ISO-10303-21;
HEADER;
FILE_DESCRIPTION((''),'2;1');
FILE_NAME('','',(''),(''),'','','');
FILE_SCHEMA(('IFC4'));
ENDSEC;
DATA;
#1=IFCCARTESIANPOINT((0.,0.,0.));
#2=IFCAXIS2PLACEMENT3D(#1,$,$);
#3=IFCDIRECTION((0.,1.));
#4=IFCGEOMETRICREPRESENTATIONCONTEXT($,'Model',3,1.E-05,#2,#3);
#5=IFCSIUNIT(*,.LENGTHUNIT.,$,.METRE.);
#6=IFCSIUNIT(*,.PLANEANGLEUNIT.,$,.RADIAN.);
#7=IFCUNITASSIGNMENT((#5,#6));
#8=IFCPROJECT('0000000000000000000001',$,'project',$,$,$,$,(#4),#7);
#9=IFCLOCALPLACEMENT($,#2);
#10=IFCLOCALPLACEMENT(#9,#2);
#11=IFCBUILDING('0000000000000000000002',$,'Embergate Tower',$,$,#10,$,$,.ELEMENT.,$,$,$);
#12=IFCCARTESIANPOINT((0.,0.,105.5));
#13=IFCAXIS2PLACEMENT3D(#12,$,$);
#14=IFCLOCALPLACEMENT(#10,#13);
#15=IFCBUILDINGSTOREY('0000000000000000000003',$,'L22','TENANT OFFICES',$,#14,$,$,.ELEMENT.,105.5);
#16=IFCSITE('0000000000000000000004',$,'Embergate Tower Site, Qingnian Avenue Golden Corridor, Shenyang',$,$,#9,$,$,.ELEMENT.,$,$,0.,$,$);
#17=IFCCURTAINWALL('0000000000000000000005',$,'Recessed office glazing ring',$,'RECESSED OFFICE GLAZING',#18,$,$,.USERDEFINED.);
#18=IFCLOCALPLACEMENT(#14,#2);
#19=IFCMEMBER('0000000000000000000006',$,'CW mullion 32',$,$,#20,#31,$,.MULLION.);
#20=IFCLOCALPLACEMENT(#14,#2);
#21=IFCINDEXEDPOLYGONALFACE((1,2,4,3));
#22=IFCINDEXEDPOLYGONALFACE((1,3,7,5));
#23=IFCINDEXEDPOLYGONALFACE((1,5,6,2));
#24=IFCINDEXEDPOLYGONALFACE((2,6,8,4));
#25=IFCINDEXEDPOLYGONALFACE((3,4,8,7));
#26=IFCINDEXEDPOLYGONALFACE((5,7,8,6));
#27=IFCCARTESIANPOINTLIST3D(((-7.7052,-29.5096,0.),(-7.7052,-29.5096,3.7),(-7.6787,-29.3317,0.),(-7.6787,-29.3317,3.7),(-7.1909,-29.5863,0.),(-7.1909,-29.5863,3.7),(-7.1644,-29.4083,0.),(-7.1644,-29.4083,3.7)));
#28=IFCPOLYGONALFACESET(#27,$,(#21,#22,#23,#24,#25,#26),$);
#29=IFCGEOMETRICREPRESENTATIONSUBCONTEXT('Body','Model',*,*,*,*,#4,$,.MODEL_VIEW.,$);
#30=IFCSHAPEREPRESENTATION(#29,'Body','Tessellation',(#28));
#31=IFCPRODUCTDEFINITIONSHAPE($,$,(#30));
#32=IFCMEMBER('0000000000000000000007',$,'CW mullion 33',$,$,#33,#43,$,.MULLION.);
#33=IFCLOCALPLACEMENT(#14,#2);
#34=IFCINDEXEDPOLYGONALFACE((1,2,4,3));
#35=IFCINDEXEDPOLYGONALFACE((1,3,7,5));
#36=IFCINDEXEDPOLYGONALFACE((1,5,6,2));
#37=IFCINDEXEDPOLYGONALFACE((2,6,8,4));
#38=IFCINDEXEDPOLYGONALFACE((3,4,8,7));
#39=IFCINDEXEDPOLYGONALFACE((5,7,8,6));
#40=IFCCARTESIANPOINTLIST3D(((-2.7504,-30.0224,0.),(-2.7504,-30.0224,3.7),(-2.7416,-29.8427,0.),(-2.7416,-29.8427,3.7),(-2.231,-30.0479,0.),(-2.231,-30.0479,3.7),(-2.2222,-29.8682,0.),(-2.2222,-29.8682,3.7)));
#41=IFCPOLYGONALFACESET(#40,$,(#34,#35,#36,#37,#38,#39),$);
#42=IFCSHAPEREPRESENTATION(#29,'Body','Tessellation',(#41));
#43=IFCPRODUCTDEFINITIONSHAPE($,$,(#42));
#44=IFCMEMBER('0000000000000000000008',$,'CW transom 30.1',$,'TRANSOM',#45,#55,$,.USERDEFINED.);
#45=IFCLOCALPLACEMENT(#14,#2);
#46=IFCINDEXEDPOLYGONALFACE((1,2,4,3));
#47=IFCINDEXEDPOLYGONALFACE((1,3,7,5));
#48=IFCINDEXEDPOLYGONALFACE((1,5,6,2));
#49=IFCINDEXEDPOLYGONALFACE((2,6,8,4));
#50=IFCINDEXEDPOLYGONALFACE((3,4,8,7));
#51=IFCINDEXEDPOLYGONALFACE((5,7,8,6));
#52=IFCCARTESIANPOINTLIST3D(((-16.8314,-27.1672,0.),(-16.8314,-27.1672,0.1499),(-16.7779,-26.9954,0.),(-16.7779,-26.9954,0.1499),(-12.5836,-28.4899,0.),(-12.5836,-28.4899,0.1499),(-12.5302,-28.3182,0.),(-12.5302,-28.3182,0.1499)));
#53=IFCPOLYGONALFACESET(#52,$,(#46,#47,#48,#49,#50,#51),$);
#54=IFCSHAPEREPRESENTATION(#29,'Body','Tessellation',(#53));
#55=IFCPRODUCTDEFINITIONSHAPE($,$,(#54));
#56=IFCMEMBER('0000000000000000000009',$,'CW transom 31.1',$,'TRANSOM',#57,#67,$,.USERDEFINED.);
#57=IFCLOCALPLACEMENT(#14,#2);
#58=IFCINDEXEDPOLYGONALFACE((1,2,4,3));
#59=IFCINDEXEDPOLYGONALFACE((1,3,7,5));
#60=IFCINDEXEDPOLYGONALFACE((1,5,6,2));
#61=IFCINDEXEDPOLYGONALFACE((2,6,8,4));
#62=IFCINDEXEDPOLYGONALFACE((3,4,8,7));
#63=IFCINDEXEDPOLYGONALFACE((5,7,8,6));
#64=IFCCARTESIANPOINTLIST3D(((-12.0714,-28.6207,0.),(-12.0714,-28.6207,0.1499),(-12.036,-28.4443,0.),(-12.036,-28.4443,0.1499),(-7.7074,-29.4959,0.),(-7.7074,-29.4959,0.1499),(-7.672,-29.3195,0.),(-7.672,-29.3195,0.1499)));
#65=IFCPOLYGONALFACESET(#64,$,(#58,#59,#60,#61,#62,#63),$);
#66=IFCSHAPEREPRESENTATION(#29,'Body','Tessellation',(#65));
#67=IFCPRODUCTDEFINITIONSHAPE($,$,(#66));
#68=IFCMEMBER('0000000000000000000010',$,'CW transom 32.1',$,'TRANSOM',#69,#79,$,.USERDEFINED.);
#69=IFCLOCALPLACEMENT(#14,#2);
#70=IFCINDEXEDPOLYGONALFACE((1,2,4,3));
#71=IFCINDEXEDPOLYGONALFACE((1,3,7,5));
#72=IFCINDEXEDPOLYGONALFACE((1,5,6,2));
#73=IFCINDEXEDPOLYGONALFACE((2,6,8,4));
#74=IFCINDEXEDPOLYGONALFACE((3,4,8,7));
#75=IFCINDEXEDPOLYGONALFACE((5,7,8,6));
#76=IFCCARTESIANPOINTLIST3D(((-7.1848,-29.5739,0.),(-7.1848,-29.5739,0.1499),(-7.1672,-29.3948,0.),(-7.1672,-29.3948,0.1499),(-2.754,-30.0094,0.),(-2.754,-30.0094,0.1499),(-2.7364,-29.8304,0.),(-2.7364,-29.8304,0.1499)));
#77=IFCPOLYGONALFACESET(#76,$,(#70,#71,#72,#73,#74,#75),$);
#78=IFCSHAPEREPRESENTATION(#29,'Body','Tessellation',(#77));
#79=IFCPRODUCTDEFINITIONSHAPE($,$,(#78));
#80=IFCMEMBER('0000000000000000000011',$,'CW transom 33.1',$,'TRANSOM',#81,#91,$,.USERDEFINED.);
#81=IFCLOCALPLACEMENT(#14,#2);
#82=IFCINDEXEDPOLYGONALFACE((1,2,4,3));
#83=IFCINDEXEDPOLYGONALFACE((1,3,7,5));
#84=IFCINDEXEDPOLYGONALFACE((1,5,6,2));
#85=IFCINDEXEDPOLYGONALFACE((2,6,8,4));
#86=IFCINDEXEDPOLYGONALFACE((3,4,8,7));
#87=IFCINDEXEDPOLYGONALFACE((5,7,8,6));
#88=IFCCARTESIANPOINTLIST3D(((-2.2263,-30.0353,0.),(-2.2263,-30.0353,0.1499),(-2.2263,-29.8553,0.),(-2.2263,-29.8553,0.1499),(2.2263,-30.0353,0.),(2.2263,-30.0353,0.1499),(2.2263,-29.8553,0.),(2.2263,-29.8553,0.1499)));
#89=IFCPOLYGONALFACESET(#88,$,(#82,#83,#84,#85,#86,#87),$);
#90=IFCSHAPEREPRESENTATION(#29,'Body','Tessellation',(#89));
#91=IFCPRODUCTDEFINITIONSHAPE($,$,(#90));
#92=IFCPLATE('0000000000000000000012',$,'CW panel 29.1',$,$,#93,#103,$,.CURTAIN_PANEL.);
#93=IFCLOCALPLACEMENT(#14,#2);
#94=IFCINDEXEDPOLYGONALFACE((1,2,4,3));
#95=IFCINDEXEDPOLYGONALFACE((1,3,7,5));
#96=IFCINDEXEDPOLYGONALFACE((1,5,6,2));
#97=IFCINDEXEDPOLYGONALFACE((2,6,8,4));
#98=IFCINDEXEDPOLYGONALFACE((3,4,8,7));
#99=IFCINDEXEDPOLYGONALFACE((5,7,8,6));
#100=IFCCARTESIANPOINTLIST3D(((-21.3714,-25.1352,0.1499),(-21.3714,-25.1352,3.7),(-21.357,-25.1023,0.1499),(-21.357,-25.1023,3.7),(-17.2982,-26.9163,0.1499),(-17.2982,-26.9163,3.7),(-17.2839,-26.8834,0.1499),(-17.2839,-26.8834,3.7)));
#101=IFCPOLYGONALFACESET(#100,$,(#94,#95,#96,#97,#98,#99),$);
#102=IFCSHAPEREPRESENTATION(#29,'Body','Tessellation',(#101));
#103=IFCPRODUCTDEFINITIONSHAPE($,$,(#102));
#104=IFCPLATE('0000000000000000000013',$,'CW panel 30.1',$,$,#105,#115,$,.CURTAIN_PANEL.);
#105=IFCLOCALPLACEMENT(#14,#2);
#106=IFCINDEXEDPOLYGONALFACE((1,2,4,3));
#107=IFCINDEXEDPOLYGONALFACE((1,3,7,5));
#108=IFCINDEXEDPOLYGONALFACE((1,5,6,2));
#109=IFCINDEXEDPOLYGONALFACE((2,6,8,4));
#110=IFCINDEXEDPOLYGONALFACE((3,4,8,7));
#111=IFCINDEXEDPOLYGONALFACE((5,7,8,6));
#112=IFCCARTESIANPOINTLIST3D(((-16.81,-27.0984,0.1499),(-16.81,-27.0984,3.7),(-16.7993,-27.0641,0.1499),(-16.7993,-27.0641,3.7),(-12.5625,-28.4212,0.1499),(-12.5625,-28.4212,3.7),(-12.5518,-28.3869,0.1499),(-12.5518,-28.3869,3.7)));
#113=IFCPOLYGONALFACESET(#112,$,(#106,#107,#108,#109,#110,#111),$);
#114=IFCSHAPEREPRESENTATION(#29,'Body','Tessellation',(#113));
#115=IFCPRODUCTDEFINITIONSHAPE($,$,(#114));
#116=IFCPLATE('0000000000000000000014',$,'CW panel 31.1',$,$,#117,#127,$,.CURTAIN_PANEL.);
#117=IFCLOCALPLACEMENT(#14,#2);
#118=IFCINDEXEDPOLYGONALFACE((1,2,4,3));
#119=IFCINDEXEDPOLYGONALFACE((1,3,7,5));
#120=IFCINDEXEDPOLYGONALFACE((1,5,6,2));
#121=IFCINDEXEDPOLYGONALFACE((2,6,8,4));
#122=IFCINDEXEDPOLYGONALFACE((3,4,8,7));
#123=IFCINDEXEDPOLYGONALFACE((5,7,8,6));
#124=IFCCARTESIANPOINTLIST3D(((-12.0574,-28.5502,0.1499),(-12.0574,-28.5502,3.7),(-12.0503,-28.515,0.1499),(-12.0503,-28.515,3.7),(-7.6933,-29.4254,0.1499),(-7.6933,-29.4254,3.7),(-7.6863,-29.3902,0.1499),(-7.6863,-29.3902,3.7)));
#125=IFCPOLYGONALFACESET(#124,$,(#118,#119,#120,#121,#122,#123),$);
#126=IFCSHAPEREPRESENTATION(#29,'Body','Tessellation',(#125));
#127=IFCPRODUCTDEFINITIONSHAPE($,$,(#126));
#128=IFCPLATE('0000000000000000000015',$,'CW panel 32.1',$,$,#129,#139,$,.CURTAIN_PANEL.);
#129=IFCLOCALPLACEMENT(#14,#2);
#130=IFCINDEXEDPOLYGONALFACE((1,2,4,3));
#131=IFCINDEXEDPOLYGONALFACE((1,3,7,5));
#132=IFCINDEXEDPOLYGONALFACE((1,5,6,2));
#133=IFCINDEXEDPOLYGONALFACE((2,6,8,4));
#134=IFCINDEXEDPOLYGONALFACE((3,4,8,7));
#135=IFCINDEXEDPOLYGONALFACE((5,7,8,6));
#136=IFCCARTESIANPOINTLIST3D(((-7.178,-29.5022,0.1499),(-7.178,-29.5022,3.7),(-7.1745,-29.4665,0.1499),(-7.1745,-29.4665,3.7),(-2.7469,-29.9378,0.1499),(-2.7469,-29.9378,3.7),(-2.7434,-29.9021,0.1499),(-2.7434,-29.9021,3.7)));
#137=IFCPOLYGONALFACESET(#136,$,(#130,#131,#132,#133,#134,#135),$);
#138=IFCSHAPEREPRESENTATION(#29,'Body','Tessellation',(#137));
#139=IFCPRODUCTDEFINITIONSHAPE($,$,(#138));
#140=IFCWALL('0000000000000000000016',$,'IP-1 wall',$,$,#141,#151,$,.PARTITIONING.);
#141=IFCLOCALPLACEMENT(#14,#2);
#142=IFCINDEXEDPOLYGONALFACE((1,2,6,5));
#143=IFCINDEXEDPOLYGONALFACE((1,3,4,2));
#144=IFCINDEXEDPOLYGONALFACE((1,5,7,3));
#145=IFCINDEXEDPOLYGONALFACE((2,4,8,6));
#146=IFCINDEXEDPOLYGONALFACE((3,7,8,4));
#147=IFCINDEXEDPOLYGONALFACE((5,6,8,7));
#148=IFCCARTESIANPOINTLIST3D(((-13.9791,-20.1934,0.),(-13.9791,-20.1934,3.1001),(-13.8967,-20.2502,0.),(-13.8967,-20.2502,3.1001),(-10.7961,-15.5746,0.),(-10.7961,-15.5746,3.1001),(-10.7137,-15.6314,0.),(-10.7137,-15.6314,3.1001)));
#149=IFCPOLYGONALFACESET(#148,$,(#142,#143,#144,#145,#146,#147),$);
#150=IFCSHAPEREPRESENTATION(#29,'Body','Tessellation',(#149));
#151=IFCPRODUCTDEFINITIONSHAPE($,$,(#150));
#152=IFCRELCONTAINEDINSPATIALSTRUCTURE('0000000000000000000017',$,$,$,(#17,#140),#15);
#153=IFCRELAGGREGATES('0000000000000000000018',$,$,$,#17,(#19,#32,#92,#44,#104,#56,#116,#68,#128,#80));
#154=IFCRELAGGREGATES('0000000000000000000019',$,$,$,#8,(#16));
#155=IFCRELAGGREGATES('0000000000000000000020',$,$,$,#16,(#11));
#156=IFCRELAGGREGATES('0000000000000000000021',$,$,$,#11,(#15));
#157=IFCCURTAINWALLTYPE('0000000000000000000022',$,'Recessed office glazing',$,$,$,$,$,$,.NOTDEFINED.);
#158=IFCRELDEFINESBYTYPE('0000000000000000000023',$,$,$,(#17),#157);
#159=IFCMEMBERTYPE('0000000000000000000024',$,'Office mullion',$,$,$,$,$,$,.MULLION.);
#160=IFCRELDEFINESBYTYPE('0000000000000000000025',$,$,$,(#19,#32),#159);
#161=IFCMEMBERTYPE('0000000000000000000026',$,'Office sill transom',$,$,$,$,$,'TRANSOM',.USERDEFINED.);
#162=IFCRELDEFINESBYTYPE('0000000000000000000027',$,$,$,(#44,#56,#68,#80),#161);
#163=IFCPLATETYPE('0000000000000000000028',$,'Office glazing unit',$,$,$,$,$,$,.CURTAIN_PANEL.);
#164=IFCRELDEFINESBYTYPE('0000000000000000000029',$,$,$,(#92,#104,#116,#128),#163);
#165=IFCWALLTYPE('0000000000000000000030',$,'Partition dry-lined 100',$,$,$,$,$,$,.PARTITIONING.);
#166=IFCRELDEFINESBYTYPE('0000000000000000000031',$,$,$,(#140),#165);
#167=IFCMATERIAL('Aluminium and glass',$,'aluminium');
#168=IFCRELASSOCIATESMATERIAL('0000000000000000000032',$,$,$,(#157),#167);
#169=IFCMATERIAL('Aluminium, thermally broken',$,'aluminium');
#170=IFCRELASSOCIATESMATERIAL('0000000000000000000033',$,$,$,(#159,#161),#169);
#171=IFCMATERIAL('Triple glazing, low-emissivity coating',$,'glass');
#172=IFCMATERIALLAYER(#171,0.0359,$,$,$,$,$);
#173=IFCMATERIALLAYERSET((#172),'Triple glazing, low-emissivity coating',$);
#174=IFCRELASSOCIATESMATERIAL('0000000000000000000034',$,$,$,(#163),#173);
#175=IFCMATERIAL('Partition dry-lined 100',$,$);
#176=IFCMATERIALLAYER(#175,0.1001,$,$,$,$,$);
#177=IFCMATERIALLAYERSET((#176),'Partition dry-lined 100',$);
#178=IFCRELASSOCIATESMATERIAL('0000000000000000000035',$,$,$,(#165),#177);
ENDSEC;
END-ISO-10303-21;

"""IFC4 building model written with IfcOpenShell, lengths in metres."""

from ifc_helpers import new_model, si_unit, direction, frame, frame_2d, origin, origin_2d, place, context, subcontext, project, spatial, rectangle, extrude, source, transform, mapped, material, layer, layer_set, material_profile, profile_set, type_object, element, aggregate, save


model = new_model("IFC4")

# Units and contexts
model_context = context("Model", 3, precision=1e-05, world=origin(), true_north=direction((0.0, 1.0)))
body_context = subcontext(model_context, "Body", "Model", "MODEL_VIEW")
ifc_project = project(units=[si_unit("LENGTHUNIT", "METRE"), si_unit("PLANEANGLEUNIT", "RADIAN")], contexts=[model_context])

# Site, building, storey
site_placement = place(None, origin())
site = spatial("IfcSite", under=ifc_project, at=site_placement, Name="Embergate Tower Site, Qingnian Avenue Golden Corridor, Shenyang", CompositionType="ELEMENT", RefElevation=0.0)
building_placement = place(site_placement, origin())
building = spatial("IfcBuilding", under=site, at=building_placement, Name="Embergate Tower", CompositionType="ELEMENT")
storey_placement = place(building_placement, frame((0.0, 0.0, 105.5)))
storey = spatial("IfcBuildingStorey", under=building, at=storey_placement, Name="L22", Description="TENANT OFFICES", CompositionType="ELEMENT", Elevation=105.5)

# Curtain wall, members
ifc_material_1 = material(Name="Aluminium and glass", Category="aluminium")
curtain_wall_type = type_object("IfcCurtainWallType", Name="Recessed office glazing", PredefinedType="NOTDEFINED", material=ifc_material_1)
curtain_wall_placement = place(storey_placement, origin())
curtain_wall = element("IfcCurtainWall", 1, at=curtain_wall_placement, inside=storey, type_object=curtain_wall_type, Name="Recessed office glazing ring", ObjectType="RECESSED OFFICE GLAZING", PredefinedType="USERDEFINED")
ifc_material_2 = material(Name="Aluminium, thermally broken", Category="aluminium")
ifc_material_profile_1 = material_profile(ifc_material_2, rectangle(XDim=0.1799, YDim=0.52, at=origin_2d()), Name="AL 520x180")
ifc_profile_set_1 = profile_set([ifc_material_profile_1], Name="Aluminium, thermally broken")
member_type_1 = type_object("IfcMemberType", Name="Office mullion", PredefinedType="MULLION", material=ifc_profile_set_1)
shared_shape_1 = source(origin(), body_context, "Body", "SweptSolid", [
    extrude(rectangle(XDim=0.1799, YDim=0.52, at=origin_2d()), origin(), (0.0, 0.0, 1.0), 3.7),
])
member_1_placement = place(storey_placement, frame((-7.4348, -29.459, 0.0), z_axis=(0.0, 0.0, 1.0), x_axis=(0.147416, 0.989075, 0.0)))
member_1 = element("IfcMember", 2, at=member_1_placement, type_object=member_type_1, Name="CW mullion 32", PredefinedType="MULLION", context=body_context, shape_type="MappedRepresentation", body=[
    mapped(shared_shape_1, transform((0.0, 0.0, 0.0))),
])
member_2_placement = place(storey_placement, frame((-2.4863, -29.9453, 0.0), z_axis=(0.0, 0.0, 1.0), x_axis=(0.048972, 0.9988, 0.0)))
member_2 = element("IfcMember", 3, at=member_2_placement, type_object=member_type_1, Name="CW mullion 33", PredefinedType="MULLION", context=body_context, shape_type="MappedRepresentation", body=[
    mapped(shared_shape_1, transform((0.0, 0.0, 0.0))),
])
ifc_material_profile_2 = material_profile(ifc_material_2, rectangle(XDim=0.1799, YDim=0.1499, at=origin_2d()), Name="AL 150x180")
ifc_profile_set_2 = profile_set([ifc_material_profile_2], Name="Aluminium, thermally broken")
member_type_2 = type_object("IfcMemberType", Name="Office sill transom", ElementType="TRANSOM", PredefinedType="USERDEFINED", material=ifc_profile_set_2)
shared_shape_2 = source(origin(), body_context, "Body", "SweptSolid", [
    extrude(rectangle(XDim=0.1799, YDim=0.1499, at=origin_2d()), origin(), (0.0, 0.0, 1.0), 4.449),
])
member_3_placement = place(storey_placement, frame((-16.8047, -27.0813, 0.075), z_axis=(0.954779, -0.297316, 0.0), x_axis=(0.297316, 0.954779, 0.0)))
member_3 = element("IfcMember", 4, at=member_3_placement, type_object=member_type_2, Name="CW transom 30.1", ObjectType="TRANSOM", PredefinedType="USERDEFINED", context=body_context, shape_type="MappedRepresentation", body=[
    mapped(shared_shape_2, transform((0.0, 0.0, 0.0))),
])
shared_shape_3 = source(origin(), body_context, "Body", "SweptSolid", [
    extrude(rectangle(XDim=0.1799, YDim=0.1499, at=origin_2d()), origin(), (0.0, 0.0, 1.0), 4.4509),
])
member_4_placement = place(storey_placement, frame((-12.0537, -28.5325, 0.075), z_axis=(0.980475, -0.196644, 0.0), x_axis=(0.196644, 0.980475, 0.0)))
member_4 = element("IfcMember", 5, at=member_4_placement, type_object=member_type_2, Name="CW transom 31.1", ObjectType="TRANSOM", PredefinedType="USERDEFINED", context=body_context, shape_type="MappedRepresentation", body=[
    mapped(shared_shape_3, transform((0.0, 0.0, 0.0))),
])
shared_shape_4 = source(origin(), body_context, "Body", "SweptSolid", [
    extrude(rectangle(XDim=0.1799, YDim=0.1499, at=origin_2d()), origin(), (0.0, 0.0, 1.0), 4.4521),
])
member_5_placement = place(storey_placement, frame((-7.176, -29.4844, 0.075), z_axis=(0.995204, -0.097826, 0.0), x_axis=(0.097826, 0.995204, 0.0)))
member_5 = element("IfcMember", 6, at=member_5_placement, type_object=member_type_2, Name="CW transom 32.1", ObjectType="TRANSOM", PredefinedType="USERDEFINED", context=body_context, shape_type="MappedRepresentation", body=[
    mapped(shared_shape_4, transform((0.0, 0.0, 0.0))),
])
shared_shape_5 = source(origin(), body_context, "Body", "SweptSolid", [
    extrude(rectangle(XDim=0.1799, YDim=0.1499, at=origin_2d()), origin(), (0.0, 0.0, 1.0), 4.4526),
])
member_6_placement = place(storey_placement, frame((-2.2263, -29.9453, 0.075), z_axis=(1.0, 0.0, 0.0), x_axis=(0.0, 1.0, 0.0)))
member_6 = element("IfcMember", 7, at=member_6_placement, type_object=member_type_2, Name="CW transom 33.1", ObjectType="TRANSOM", PredefinedType="USERDEFINED", context=body_context, shape_type="MappedRepresentation", body=[
    mapped(shared_shape_5, transform((0.0, 0.0, 0.0))),
])

# Plates
ifc_material_3 = material(Name="Triple glazing, low-emissivity coating", Category="glass")
ifc_layer_1 = layer(ifc_material_3, 0.0359)
ifc_layer_set_1 = layer_set([ifc_layer_1], Name="Triple glazing, low-emissivity coating")
plate_type = type_object("IfcPlateType", Name="Office glazing unit", PredefinedType="CURTAIN_PANEL", material=ifc_layer_set_1)
shared_shape_6 = source(origin(), body_context, "Body", "SweptSolid", [
    extrude(rectangle(XDim=4.4456, YDim=0.0359, at=origin_2d()), origin(), (0.0, 0.0, 1.0), 3.55),
])
plate_1_placement = place(storey_placement, frame((-19.3276, -26.0093, 0.1499), z_axis=(0.0, 0.0, 1.0), x_axis=(0.916233, -0.400646, 0.0)))
plate_1 = element("IfcPlate", 8, at=plate_1_placement, type_object=plate_type, Name="CW panel 29.1", PredefinedType="CURTAIN_PANEL", context=body_context, shape_type="MappedRepresentation", body=[
    mapped(shared_shape_6, transform((0.0, 0.0, 0.0))),
])
shared_shape_7 = source(origin(), body_context, "Body", "SweptSolid", [
    extrude(rectangle(XDim=4.4487, YDim=0.0359, at=origin_2d()), origin(), (0.0, 0.0, 1.0), 3.55),
])
plate_2_placement = place(storey_placement, frame((-14.6809, -27.7427, 0.1499), z_axis=(0.0, 0.0, 1.0), x_axis=(0.95477, -0.297345, 0.0)))
plate_2 = element("IfcPlate", 9, at=plate_2_placement, type_object=plate_type, Name="CW panel 30.1", PredefinedType="CURTAIN_PANEL", context=body_context, shape_type="MappedRepresentation", body=[
    mapped(shared_shape_7, transform((0.0, 0.0, 0.0))),
])
shared_shape_8 = source(origin(), body_context, "Body", "SweptSolid", [
    extrude(rectangle(XDim=4.4509, YDim=0.0359, at=origin_2d()), origin(), (0.0, 0.0, 1.0), 3.55),
])
plate_3_placement = place(storey_placement, frame((-9.8718, -28.9702, 0.1499), z_axis=(0.0, 0.0, 1.0), x_axis=(0.980475, -0.196644, 0.0)))
plate_3 = element("IfcPlate", 10, at=plate_3_placement, type_object=plate_type, Name="CW panel 31.1", PredefinedType="CURTAIN_PANEL", context=body_context, shape_type="MappedRepresentation", body=[
    mapped(shared_shape_8, transform((0.0, 0.0, 0.0))),
])
shared_shape_9 = source(origin(), body_context, "Body", "SweptSolid", [
    extrude(rectangle(XDim=4.4524, YDim=0.0359, at=origin_2d()), origin(), (0.0, 0.0, 1.0), 3.55),
])
plate_4_placement = place(storey_placement, frame((-4.9607, -29.7021, 0.1499), z_axis=(0.0, 0.0, 1.0), x_axis=(0.995203, -0.097831, 0.0)))
plate_4 = element("IfcPlate", 11, at=plate_4_placement, type_object=plate_type, Name="CW panel 32.1", PredefinedType="CURTAIN_PANEL", context=body_context, shape_type="MappedRepresentation", body=[
    mapped(shared_shape_9, transform((0.0, 0.0, 0.0))),
])
aggregate(curtain_wall, [member_1, member_2, plate_1, member_3, plate_2, member_4, plate_3, member_5, plate_4, member_6])

# Wall
ifc_material_4 = material(Name="Partition dry-lined 100")
ifc_layer_2 = layer(ifc_material_4, 0.1001)
ifc_layer_set_2 = layer_set([ifc_layer_2], Name="Partition dry-lined 100")
wall_type = type_object("IfcWallType", Name="Partition dry-lined 100", PredefinedType="PARTITIONING", material=ifc_layer_set_2)
shared_shape_10 = source(origin(), body_context, "Body", "SweptSolid", [
    extrude(rectangle(XDim=5.6094, YDim=0.1001, at=frame_2d((2.8047, 0.0))), origin(), (0.0, 0.0, 1.0), 3.1001),
])
wall_1_placement = place(storey_placement, frame((-10.7549, -15.603, 0.0), z_axis=(0.0, 0.0, 1.0), x_axis=(-0.56745, -0.823408, 0.0)))
element("IfcWall", 12, at=wall_1_placement, inside=storey, type_object=wall_type, Name="IP-1 wall", PredefinedType="PARTITIONING", context=body_context, shape_type="MappedRepresentation", body=[
    mapped(shared_shape_10, transform((0.0, 0.0, 0.0))),
])

save(model, "model.ifc")
